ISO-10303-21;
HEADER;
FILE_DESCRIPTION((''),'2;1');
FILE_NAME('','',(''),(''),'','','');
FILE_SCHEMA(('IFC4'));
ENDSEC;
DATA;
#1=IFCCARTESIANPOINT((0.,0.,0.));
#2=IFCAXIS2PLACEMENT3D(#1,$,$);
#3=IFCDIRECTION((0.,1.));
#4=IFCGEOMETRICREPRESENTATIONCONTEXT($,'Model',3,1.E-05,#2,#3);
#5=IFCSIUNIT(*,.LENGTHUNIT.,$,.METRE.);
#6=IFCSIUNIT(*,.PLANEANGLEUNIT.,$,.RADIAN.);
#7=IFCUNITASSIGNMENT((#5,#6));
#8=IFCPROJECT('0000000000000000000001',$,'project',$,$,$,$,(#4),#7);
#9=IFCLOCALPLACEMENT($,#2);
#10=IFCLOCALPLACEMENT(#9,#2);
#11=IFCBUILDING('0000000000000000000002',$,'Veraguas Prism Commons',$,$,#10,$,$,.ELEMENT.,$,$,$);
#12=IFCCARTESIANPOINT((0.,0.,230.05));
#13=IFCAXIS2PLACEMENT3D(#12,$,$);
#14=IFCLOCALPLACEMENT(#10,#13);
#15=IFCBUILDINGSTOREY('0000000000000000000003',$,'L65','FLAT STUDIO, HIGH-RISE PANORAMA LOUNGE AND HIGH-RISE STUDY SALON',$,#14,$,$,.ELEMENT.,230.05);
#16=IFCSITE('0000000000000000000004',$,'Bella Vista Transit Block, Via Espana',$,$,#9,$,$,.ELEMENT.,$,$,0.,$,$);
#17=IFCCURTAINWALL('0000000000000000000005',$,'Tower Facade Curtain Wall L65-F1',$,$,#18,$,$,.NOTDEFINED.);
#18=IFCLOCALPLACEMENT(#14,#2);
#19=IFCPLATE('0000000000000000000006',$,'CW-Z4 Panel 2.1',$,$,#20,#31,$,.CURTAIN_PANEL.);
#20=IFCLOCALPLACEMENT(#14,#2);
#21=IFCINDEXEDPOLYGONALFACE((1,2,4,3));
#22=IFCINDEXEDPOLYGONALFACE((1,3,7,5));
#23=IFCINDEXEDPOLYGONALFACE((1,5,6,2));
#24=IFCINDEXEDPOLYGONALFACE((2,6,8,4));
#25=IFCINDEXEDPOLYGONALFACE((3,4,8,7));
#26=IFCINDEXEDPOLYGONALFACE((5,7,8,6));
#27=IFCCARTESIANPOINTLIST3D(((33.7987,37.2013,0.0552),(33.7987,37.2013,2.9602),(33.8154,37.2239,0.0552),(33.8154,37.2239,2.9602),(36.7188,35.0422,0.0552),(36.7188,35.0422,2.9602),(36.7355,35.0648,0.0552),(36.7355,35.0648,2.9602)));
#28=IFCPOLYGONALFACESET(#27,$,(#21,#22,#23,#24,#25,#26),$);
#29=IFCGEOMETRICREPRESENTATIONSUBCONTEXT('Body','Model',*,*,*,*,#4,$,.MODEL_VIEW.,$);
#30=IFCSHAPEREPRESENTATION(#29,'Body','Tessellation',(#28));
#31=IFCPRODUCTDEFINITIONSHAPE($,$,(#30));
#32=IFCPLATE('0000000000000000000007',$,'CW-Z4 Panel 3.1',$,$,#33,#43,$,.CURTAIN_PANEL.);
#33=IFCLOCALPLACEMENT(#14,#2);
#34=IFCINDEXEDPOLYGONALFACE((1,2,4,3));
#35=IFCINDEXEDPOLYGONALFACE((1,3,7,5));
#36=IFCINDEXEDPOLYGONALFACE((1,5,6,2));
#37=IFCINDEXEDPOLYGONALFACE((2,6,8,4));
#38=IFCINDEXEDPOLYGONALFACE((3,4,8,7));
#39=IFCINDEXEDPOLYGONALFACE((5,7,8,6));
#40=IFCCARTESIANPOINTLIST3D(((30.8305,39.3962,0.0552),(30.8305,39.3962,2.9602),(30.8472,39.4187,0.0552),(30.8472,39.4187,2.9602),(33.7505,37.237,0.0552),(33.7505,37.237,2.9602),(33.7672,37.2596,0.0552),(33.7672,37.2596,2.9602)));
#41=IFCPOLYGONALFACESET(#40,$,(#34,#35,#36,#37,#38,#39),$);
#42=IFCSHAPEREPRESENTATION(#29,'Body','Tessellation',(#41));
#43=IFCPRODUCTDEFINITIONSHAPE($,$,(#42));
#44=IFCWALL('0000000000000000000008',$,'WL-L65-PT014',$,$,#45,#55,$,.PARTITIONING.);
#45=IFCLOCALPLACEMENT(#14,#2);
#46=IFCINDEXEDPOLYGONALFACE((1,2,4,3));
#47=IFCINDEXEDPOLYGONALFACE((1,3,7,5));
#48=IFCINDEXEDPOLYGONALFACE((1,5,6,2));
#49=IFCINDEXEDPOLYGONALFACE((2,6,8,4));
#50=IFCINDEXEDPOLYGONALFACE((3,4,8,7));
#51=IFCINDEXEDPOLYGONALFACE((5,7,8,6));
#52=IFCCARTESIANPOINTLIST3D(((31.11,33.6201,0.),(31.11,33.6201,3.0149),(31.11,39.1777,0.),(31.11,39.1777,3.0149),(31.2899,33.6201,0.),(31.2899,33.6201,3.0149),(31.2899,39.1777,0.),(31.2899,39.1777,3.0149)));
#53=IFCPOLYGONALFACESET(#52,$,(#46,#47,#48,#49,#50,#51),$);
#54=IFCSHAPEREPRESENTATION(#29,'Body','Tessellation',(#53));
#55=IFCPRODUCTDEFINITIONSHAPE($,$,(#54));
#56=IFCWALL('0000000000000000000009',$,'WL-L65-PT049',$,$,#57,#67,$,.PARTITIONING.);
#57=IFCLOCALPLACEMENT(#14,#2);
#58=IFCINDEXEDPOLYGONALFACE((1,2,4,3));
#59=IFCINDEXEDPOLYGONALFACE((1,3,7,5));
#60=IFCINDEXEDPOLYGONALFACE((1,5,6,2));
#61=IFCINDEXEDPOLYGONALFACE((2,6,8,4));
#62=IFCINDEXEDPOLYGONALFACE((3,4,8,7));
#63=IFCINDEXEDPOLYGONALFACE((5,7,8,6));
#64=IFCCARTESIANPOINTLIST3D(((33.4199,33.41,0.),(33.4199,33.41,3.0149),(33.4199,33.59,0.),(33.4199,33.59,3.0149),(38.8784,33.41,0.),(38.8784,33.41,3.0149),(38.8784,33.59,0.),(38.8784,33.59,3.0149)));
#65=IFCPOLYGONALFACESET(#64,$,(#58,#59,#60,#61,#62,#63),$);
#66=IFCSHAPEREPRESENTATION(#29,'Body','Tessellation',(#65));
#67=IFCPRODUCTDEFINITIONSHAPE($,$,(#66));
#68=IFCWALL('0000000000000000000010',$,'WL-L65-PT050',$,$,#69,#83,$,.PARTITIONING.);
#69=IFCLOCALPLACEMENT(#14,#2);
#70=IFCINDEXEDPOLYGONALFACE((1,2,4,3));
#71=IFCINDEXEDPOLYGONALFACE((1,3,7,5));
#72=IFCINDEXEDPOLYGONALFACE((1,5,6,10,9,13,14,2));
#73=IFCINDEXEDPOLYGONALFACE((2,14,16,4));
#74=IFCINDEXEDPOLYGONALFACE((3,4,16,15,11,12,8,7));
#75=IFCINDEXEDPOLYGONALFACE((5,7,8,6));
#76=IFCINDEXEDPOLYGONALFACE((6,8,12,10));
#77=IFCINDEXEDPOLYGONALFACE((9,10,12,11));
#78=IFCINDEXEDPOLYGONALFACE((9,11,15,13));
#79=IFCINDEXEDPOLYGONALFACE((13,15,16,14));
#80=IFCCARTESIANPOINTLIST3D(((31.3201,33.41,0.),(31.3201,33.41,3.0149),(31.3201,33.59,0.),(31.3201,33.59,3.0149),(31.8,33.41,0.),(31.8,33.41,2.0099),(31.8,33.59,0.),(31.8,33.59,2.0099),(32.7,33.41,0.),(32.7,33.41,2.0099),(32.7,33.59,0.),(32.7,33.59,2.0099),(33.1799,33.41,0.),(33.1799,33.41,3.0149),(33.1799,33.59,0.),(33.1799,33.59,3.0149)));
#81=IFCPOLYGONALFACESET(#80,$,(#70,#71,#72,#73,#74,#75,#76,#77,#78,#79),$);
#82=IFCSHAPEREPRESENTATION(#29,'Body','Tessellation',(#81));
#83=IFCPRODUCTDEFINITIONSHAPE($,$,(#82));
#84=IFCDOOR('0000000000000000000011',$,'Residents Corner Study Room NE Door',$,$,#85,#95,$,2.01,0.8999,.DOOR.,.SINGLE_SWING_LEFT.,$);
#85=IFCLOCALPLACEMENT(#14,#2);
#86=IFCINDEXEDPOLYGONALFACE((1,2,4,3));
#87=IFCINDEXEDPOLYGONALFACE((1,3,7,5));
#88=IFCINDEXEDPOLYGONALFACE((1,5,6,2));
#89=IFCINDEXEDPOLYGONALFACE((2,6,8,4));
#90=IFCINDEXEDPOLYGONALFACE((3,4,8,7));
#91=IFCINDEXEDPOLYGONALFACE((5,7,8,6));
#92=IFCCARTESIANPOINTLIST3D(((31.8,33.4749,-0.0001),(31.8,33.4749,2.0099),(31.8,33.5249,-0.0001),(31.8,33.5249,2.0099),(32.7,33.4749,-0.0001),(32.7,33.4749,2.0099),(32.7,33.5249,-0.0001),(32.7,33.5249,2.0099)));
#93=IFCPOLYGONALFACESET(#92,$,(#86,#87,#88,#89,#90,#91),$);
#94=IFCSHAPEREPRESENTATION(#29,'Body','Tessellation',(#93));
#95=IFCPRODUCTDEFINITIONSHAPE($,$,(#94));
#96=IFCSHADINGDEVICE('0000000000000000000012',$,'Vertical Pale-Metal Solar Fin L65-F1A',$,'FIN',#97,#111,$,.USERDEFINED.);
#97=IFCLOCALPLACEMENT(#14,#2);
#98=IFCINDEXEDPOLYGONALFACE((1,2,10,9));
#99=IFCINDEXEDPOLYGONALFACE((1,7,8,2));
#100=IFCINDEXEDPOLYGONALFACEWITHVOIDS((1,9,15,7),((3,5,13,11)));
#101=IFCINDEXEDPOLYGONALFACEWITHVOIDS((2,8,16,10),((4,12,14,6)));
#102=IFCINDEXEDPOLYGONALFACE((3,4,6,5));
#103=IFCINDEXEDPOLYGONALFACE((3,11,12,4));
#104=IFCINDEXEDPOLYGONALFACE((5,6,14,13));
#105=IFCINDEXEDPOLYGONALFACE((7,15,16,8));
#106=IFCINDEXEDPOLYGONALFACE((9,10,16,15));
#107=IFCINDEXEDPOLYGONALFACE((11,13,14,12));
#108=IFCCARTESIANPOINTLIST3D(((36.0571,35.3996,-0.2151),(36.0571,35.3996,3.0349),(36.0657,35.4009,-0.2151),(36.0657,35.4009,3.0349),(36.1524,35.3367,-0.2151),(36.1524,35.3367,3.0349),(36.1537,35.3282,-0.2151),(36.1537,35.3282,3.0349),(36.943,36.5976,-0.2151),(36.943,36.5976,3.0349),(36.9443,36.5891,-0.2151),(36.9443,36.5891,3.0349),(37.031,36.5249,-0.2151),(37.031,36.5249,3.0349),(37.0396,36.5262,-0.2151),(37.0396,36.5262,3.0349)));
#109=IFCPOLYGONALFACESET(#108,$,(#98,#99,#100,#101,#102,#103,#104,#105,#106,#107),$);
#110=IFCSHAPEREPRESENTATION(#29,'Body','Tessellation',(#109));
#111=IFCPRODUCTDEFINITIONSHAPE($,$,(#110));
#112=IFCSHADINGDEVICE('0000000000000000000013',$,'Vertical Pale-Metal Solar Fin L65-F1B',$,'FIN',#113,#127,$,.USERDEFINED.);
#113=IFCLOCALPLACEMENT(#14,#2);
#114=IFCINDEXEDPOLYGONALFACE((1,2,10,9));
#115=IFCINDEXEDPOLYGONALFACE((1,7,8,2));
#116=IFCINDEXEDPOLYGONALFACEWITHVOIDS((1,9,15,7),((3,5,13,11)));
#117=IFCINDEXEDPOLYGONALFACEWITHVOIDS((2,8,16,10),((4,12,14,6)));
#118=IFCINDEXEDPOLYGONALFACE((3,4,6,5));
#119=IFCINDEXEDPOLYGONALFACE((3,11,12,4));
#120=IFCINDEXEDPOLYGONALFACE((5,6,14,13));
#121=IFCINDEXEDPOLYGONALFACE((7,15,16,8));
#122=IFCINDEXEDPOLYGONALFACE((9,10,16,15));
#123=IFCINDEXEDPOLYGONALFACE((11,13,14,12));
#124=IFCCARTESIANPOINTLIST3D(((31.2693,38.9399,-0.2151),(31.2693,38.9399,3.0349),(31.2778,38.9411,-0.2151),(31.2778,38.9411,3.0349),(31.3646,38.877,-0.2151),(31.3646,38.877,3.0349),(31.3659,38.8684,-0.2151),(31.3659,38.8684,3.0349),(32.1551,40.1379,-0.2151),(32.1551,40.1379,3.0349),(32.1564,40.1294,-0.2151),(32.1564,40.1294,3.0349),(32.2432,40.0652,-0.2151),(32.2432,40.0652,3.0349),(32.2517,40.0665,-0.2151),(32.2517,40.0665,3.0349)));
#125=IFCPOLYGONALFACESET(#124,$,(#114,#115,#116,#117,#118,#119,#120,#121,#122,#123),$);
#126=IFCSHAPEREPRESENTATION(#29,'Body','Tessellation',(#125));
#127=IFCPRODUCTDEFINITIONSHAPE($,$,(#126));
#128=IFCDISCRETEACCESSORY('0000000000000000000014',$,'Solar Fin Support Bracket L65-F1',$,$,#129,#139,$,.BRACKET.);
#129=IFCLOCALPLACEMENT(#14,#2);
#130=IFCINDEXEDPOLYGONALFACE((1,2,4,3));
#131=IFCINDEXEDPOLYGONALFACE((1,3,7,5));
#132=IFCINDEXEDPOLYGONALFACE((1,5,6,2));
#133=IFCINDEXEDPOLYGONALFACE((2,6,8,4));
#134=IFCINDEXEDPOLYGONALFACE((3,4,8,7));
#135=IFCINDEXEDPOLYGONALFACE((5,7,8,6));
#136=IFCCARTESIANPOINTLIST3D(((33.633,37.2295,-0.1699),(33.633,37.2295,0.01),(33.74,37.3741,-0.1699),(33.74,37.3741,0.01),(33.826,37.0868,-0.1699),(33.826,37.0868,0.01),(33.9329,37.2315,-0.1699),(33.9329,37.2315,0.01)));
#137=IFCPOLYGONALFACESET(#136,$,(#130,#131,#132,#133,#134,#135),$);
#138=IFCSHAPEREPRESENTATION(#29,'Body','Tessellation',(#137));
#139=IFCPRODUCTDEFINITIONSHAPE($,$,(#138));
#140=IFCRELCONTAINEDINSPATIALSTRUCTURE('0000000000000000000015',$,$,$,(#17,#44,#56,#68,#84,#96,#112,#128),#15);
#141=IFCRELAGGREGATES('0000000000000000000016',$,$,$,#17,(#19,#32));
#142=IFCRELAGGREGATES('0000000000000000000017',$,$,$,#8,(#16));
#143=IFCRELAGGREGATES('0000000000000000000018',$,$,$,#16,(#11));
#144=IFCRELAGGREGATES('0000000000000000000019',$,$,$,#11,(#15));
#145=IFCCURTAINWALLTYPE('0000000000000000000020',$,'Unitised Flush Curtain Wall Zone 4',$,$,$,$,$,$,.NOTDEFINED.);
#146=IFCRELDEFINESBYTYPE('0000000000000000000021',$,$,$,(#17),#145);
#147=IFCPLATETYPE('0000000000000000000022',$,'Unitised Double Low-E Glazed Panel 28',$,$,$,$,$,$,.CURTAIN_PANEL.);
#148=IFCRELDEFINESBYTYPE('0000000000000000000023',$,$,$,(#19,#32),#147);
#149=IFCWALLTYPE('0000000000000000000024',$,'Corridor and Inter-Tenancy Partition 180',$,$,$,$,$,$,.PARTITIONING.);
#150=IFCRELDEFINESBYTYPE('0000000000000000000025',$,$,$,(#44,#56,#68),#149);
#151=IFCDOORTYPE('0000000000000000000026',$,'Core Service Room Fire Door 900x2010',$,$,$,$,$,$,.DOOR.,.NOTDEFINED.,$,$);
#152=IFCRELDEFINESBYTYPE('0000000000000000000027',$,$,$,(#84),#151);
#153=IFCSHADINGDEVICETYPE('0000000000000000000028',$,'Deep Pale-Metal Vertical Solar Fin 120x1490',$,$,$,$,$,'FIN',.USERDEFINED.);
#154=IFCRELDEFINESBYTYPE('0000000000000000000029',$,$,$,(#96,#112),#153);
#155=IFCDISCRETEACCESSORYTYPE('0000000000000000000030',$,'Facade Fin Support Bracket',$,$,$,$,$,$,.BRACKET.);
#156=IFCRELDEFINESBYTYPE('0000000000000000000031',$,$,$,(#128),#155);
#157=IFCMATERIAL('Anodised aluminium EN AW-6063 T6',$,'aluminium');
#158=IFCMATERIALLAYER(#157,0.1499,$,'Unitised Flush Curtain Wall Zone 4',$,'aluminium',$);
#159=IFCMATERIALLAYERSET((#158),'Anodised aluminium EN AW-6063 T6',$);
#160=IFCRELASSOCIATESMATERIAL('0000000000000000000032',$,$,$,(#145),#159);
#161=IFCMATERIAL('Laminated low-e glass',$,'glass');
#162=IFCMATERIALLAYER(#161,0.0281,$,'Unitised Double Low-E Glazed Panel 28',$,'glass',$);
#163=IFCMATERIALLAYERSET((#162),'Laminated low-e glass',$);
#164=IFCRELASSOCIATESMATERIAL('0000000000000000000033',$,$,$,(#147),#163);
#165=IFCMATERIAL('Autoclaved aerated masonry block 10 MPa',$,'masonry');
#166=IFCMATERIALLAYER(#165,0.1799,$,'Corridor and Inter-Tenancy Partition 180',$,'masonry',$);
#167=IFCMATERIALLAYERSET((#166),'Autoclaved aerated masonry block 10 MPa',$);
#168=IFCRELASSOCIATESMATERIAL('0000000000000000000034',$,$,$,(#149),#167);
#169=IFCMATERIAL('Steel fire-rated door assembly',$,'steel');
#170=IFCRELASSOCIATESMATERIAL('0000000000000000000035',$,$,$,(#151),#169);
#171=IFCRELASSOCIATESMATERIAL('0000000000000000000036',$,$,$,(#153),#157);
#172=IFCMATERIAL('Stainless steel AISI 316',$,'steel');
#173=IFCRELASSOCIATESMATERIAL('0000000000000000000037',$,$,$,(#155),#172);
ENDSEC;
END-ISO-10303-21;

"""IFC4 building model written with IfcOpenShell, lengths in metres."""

from ifc_helpers import new_model, si_unit, direction, frame, frame_2d, origin, origin_2d, place, context, subcontext, project, spatial, rectangle, hollow_rectangle, extrude, source, transform, mapped, material, layer, layer_set, material_profile, profile_set, type_object, element, fill, aggregate, save


model = new_model("IFC4")

# Units and contexts
model_context = context("Model", 3, precision=1e-05, world=origin(), true_north=direction((0.0, 1.0)))
body_context = subcontext(model_context, "Body", "Model", "MODEL_VIEW")
ifc_project = project(units=[si_unit("LENGTHUNIT", "METRE"), si_unit("PLANEANGLEUNIT", "RADIAN")], contexts=[model_context])

# Site, building, storey
site_placement = place(None, origin())
site = spatial("IfcSite", under=ifc_project, at=site_placement, Name="Bella Vista Transit Block, Via Espana", CompositionType="ELEMENT", RefElevation=0.0)
building_placement = place(site_placement, origin())
building = spatial("IfcBuilding", under=site, at=building_placement, Name="Veraguas Prism Commons", CompositionType="ELEMENT")
storey_placement = place(building_placement, frame((0.0, 0.0, 230.05)))
storey = spatial("IfcBuildingStorey", under=building, at=storey_placement, Name="L65", Description="FLAT STUDIO, HIGH-RISE PANORAMA LOUNGE AND HIGH-RISE STUDY SALON", CompositionType="ELEMENT", Elevation=230.05)

# Curtain wall, plates
ifc_material_1 = material(Name="Anodised aluminium EN AW-6063 T6", Category="aluminium")
ifc_layer_1 = layer(ifc_material_1, 0.1499, Name="Unitised Flush Curtain Wall Zone 4", Category="aluminium")
ifc_layer_set_1 = layer_set([ifc_layer_1], Name="Anodised aluminium EN AW-6063 T6")
curtain_wall_type = type_object("IfcCurtainWallType", Name="Unitised Flush Curtain Wall Zone 4", PredefinedType="NOTDEFINED", material=ifc_layer_set_1)
curtain_wall_placement = place(storey_placement, origin())
curtain_wall = element("IfcCurtainWall", 1, at=curtain_wall_placement, inside=storey, type_object=curtain_wall_type, Name="Tower Facade Curtain Wall L65-F1", PredefinedType="NOTDEFINED")
ifc_material_2 = material(Name="Laminated low-e glass", Category="glass")
ifc_layer_2 = layer(ifc_material_2, 0.0281, Name="Unitised Double Low-E Glazed Panel 28", Category="glass")
ifc_layer_set_2 = layer_set([ifc_layer_2], Name="Laminated low-e glass")
plate_type = type_object("IfcPlateType", Name="Unitised Double Low-E Glazed Panel 28", PredefinedType="CURTAIN_PANEL", material=ifc_layer_set_2)
shared_shape_1 = source(origin(), body_context, "Body", "SweptSolid", [
    extrude(rectangle(XDim=3.6316, YDim=0.0281, at=origin_2d()), origin(), (0.0, 0.0, 1.0), 2.905),
])
plate_1_placement = place(storey_placement, frame((35.2671, 36.1331, 0.0552), z_axis=(0.0, 0.0, 1.0), x_axis=(-0.804068, 0.594538, 0.0)))
plate_1 = element("IfcPlate", 2, at=plate_1_placement, type_object=plate_type, Name="CW-Z4 Panel 2.1", PredefinedType="CURTAIN_PANEL", context=body_context, shape_type="MappedRepresentation", body=[
    mapped(shared_shape_1, transform((0.0, 0.0, 0.0), scale=1.0)),
])
plate_2_placement = place(storey_placement, frame((32.2988, 38.3279, 0.0552), z_axis=(0.0, 0.0, 1.0), x_axis=(-0.804068, 0.594538, 0.0)))
plate_2 = element("IfcPlate", 3, at=plate_2_placement, type_object=plate_type, Name="CW-Z4 Panel 3.1", PredefinedType="CURTAIN_PANEL", context=body_context, shape_type="MappedRepresentation", body=[
    mapped(shared_shape_1, transform((0.0, 0.0, 0.0), scale=1.0)),
])
aggregate(curtain_wall, [plate_1, plate_2])

# Walls
ifc_material_3 = material(Name="Autoclaved aerated masonry block 10 MPa", Category="masonry")
ifc_layer_3 = layer(ifc_material_3, 0.1799, Name="Corridor and Inter-Tenancy Partition 180", Category="masonry")
ifc_layer_set_3 = layer_set([ifc_layer_3], Name="Autoclaved aerated masonry block 10 MPa")
wall_type = type_object("IfcWallType", Name="Corridor and Inter-Tenancy Partition 180", PredefinedType="PARTITIONING", material=ifc_layer_set_3)
wall_1_placement = place(storey_placement, frame((31.2, 33.6201, 0.0), z_axis=(0.0, 0.0, 1.0), x_axis=(0.0, 1.0, 0.0)))
element("IfcWall", 4, at=wall_1_placement, inside=storey, type_object=wall_type, Name="WL-L65-PT014", PredefinedType="PARTITIONING", context=body_context, shape_type="SweptSolid", body=[
    extrude(rectangle(XDim=5.5576, YDim=0.1799, at=frame_2d((2.7788, 0.0))), origin(), (0.0, 0.0, 1.0), 3.0149),
])
wall_2_placement = place(storey_placement, frame((33.4199, 33.5, 0.0), z_axis=(0.0, 0.0, 1.0), x_axis=(1.0, 0.0, 0.0)))
element("IfcWall", 5, at=wall_2_placement, inside=storey, type_object=wall_type, Name="WL-L65-PT049", PredefinedType="PARTITIONING", context=body_context, shape_type="SweptSolid", body=[
    extrude(rectangle(XDim=5.4585, YDim=0.1799, at=frame_2d((2.7292, 0.0))), origin(), (0.0, 0.0, 1.0), 3.0149),
])

# Wall, opening, door
wall_3_placement = place(storey_placement, frame((31.3201, 33.5, 0.0), z_axis=(0.0, 0.0, 1.0), x_axis=(1.0, 0.0, 0.0)))
wall_3 = element("IfcWall", 6, at=wall_3_placement, inside=storey, type_object=wall_type, Name="WL-L65-PT050", PredefinedType="PARTITIONING", context=body_context, shape_type="SweptSolid", body=[
    extrude(rectangle(XDim=1.8599, YDim=0.1799, at=frame_2d((0.9299, 0.0))), origin(), (0.0, 0.0, 1.0), 3.0149),
])
opening_placement = place(wall_3_placement, frame((0.48, 0.0, 0.0)))
opening = element("IfcOpeningElement", 7, at=opening_placement, cuts=wall_3, PredefinedType="OPENING", context=body_context, shape_type="SweptSolid", body=[
    extrude(rectangle(XDim=0.8999, YDim=2.01, at=frame_2d((0.45, 1.0049))), frame((0.0, 0.0999, 0.0), z_axis=(0.0, -1.0, 0.0), x_axis=(1.0, 0.0, 0.0)), (0.0, 0.0, 1.0), 0.2),
])
ifc_material_4 = material(Name="Steel fire-rated door assembly", Category="steel")
door_type = type_object("IfcDoorType", Name="Core Service Room Fire Door 900x2010", OperationType="NOTDEFINED", PredefinedType="DOOR", material=ifc_material_4)
shared_shape_2 = source(origin(), body_context, "Body", "SweptSolid", [
    extrude(rectangle(XDim=0.8999, YDim=2.01, at=frame_2d((0.45, 1.0049))), frame((0.0, 0.0249, 0.0), z_axis=(0.0, -1.0, 0.0), x_axis=(1.0, 0.0, 0.0)), (0.0, 0.0, 1.0), 0.05),
])
door_placement = place(opening_placement, origin())
door = element("IfcDoor", 8, at=door_placement, inside=storey, type_object=door_type, Name="Residents Corner Study Room NE Door", OperationType="SINGLE_SWING_LEFT", OverallHeight=2.01, OverallWidth=0.8999, PredefinedType="DOOR", context=body_context, shape_type="MappedRepresentation", body=[
    mapped(shared_shape_2, transform((0.0, 0.0, 0.0), scale=1.0)),
])
fill(opening, door)

# Shading devices
ifc_material_profile_1 = material_profile(ifc_material_1, hollow_rectangle(XDim=0.1201, YDim=1.49, WallThickness=0.0061, at=origin_2d()), Name="FIN120X1490X6")
ifc_profile_set_1 = profile_set([ifc_material_profile_1], Name="Anodised aluminium EN AW-6063 T6")
shading_device_type = type_object("IfcShadingDeviceType", Name="Deep Pale-Metal Vertical Solar Fin 120x1490", ElementType="FIN", PredefinedType="USERDEFINED", material=ifc_profile_set_1)
for number, where, z_axis, x_axis, name in (
    (9, (36.5483, 35.9629, -0.2151), (0.0, 0.0, 1.0), (-0.804063, 0.594544, 0.0), "Vertical Pale-Metal Solar Fin L65-F1A"),
    (10, (31.7605, 39.5032, -0.2151), (0.0, 0.0, 1.0), (-0.804063, 0.594544, 0.0), "Vertical Pale-Metal Solar Fin L65-F1B"),
):
    element("IfcShadingDevice", number, at=place(storey_placement, frame(where, z_axis=z_axis, x_axis=x_axis)), inside=storey, type_object=shading_device_type, Name=name, ObjectType="FIN", PredefinedType="USERDEFINED", context=body_context, shape_type="SweptSolid", body=[
        extrude(hollow_rectangle(XDim=0.1201, YDim=1.49, WallThickness=0.0061, at=origin_2d()), origin(), (0.0, 0.0, 1.0), 3.25),
    ])

# Discrete accessory
ifc_material_5 = material(Name="Stainless steel AISI 316", Category="steel")
discrete_accessory_type = type_object("IfcDiscreteAccessoryType", Name="Facade Fin Support Bracket", PredefinedType="BRACKET", material=ifc_material_5)
shared_shape_3 = source(origin(), body_context, "Body", "SweptSolid", [
    extrude(rectangle(XDim=0.24, YDim=0.1799, at=origin_2d()), origin(), (0.0, 0.0, 1.0), 0.1799),
])
discrete_accessory_placement = place(storey_placement, frame((33.783, 37.2305, -0.1699), z_axis=(0.0, 0.0, 1.0), x_axis=(-0.804063, 0.594544, 0.0)))
element("IfcDiscreteAccessory", 11, at=discrete_accessory_placement, inside=storey, type_object=discrete_accessory_type, Name="Solar Fin Support Bracket L65-F1", PredefinedType="BRACKET", context=body_context, shape_type="MappedRepresentation", body=[
    mapped(shared_shape_3, transform((0.0, 0.0, 0.0), scale=1.0)),
])

save(model, "model.ifc")
